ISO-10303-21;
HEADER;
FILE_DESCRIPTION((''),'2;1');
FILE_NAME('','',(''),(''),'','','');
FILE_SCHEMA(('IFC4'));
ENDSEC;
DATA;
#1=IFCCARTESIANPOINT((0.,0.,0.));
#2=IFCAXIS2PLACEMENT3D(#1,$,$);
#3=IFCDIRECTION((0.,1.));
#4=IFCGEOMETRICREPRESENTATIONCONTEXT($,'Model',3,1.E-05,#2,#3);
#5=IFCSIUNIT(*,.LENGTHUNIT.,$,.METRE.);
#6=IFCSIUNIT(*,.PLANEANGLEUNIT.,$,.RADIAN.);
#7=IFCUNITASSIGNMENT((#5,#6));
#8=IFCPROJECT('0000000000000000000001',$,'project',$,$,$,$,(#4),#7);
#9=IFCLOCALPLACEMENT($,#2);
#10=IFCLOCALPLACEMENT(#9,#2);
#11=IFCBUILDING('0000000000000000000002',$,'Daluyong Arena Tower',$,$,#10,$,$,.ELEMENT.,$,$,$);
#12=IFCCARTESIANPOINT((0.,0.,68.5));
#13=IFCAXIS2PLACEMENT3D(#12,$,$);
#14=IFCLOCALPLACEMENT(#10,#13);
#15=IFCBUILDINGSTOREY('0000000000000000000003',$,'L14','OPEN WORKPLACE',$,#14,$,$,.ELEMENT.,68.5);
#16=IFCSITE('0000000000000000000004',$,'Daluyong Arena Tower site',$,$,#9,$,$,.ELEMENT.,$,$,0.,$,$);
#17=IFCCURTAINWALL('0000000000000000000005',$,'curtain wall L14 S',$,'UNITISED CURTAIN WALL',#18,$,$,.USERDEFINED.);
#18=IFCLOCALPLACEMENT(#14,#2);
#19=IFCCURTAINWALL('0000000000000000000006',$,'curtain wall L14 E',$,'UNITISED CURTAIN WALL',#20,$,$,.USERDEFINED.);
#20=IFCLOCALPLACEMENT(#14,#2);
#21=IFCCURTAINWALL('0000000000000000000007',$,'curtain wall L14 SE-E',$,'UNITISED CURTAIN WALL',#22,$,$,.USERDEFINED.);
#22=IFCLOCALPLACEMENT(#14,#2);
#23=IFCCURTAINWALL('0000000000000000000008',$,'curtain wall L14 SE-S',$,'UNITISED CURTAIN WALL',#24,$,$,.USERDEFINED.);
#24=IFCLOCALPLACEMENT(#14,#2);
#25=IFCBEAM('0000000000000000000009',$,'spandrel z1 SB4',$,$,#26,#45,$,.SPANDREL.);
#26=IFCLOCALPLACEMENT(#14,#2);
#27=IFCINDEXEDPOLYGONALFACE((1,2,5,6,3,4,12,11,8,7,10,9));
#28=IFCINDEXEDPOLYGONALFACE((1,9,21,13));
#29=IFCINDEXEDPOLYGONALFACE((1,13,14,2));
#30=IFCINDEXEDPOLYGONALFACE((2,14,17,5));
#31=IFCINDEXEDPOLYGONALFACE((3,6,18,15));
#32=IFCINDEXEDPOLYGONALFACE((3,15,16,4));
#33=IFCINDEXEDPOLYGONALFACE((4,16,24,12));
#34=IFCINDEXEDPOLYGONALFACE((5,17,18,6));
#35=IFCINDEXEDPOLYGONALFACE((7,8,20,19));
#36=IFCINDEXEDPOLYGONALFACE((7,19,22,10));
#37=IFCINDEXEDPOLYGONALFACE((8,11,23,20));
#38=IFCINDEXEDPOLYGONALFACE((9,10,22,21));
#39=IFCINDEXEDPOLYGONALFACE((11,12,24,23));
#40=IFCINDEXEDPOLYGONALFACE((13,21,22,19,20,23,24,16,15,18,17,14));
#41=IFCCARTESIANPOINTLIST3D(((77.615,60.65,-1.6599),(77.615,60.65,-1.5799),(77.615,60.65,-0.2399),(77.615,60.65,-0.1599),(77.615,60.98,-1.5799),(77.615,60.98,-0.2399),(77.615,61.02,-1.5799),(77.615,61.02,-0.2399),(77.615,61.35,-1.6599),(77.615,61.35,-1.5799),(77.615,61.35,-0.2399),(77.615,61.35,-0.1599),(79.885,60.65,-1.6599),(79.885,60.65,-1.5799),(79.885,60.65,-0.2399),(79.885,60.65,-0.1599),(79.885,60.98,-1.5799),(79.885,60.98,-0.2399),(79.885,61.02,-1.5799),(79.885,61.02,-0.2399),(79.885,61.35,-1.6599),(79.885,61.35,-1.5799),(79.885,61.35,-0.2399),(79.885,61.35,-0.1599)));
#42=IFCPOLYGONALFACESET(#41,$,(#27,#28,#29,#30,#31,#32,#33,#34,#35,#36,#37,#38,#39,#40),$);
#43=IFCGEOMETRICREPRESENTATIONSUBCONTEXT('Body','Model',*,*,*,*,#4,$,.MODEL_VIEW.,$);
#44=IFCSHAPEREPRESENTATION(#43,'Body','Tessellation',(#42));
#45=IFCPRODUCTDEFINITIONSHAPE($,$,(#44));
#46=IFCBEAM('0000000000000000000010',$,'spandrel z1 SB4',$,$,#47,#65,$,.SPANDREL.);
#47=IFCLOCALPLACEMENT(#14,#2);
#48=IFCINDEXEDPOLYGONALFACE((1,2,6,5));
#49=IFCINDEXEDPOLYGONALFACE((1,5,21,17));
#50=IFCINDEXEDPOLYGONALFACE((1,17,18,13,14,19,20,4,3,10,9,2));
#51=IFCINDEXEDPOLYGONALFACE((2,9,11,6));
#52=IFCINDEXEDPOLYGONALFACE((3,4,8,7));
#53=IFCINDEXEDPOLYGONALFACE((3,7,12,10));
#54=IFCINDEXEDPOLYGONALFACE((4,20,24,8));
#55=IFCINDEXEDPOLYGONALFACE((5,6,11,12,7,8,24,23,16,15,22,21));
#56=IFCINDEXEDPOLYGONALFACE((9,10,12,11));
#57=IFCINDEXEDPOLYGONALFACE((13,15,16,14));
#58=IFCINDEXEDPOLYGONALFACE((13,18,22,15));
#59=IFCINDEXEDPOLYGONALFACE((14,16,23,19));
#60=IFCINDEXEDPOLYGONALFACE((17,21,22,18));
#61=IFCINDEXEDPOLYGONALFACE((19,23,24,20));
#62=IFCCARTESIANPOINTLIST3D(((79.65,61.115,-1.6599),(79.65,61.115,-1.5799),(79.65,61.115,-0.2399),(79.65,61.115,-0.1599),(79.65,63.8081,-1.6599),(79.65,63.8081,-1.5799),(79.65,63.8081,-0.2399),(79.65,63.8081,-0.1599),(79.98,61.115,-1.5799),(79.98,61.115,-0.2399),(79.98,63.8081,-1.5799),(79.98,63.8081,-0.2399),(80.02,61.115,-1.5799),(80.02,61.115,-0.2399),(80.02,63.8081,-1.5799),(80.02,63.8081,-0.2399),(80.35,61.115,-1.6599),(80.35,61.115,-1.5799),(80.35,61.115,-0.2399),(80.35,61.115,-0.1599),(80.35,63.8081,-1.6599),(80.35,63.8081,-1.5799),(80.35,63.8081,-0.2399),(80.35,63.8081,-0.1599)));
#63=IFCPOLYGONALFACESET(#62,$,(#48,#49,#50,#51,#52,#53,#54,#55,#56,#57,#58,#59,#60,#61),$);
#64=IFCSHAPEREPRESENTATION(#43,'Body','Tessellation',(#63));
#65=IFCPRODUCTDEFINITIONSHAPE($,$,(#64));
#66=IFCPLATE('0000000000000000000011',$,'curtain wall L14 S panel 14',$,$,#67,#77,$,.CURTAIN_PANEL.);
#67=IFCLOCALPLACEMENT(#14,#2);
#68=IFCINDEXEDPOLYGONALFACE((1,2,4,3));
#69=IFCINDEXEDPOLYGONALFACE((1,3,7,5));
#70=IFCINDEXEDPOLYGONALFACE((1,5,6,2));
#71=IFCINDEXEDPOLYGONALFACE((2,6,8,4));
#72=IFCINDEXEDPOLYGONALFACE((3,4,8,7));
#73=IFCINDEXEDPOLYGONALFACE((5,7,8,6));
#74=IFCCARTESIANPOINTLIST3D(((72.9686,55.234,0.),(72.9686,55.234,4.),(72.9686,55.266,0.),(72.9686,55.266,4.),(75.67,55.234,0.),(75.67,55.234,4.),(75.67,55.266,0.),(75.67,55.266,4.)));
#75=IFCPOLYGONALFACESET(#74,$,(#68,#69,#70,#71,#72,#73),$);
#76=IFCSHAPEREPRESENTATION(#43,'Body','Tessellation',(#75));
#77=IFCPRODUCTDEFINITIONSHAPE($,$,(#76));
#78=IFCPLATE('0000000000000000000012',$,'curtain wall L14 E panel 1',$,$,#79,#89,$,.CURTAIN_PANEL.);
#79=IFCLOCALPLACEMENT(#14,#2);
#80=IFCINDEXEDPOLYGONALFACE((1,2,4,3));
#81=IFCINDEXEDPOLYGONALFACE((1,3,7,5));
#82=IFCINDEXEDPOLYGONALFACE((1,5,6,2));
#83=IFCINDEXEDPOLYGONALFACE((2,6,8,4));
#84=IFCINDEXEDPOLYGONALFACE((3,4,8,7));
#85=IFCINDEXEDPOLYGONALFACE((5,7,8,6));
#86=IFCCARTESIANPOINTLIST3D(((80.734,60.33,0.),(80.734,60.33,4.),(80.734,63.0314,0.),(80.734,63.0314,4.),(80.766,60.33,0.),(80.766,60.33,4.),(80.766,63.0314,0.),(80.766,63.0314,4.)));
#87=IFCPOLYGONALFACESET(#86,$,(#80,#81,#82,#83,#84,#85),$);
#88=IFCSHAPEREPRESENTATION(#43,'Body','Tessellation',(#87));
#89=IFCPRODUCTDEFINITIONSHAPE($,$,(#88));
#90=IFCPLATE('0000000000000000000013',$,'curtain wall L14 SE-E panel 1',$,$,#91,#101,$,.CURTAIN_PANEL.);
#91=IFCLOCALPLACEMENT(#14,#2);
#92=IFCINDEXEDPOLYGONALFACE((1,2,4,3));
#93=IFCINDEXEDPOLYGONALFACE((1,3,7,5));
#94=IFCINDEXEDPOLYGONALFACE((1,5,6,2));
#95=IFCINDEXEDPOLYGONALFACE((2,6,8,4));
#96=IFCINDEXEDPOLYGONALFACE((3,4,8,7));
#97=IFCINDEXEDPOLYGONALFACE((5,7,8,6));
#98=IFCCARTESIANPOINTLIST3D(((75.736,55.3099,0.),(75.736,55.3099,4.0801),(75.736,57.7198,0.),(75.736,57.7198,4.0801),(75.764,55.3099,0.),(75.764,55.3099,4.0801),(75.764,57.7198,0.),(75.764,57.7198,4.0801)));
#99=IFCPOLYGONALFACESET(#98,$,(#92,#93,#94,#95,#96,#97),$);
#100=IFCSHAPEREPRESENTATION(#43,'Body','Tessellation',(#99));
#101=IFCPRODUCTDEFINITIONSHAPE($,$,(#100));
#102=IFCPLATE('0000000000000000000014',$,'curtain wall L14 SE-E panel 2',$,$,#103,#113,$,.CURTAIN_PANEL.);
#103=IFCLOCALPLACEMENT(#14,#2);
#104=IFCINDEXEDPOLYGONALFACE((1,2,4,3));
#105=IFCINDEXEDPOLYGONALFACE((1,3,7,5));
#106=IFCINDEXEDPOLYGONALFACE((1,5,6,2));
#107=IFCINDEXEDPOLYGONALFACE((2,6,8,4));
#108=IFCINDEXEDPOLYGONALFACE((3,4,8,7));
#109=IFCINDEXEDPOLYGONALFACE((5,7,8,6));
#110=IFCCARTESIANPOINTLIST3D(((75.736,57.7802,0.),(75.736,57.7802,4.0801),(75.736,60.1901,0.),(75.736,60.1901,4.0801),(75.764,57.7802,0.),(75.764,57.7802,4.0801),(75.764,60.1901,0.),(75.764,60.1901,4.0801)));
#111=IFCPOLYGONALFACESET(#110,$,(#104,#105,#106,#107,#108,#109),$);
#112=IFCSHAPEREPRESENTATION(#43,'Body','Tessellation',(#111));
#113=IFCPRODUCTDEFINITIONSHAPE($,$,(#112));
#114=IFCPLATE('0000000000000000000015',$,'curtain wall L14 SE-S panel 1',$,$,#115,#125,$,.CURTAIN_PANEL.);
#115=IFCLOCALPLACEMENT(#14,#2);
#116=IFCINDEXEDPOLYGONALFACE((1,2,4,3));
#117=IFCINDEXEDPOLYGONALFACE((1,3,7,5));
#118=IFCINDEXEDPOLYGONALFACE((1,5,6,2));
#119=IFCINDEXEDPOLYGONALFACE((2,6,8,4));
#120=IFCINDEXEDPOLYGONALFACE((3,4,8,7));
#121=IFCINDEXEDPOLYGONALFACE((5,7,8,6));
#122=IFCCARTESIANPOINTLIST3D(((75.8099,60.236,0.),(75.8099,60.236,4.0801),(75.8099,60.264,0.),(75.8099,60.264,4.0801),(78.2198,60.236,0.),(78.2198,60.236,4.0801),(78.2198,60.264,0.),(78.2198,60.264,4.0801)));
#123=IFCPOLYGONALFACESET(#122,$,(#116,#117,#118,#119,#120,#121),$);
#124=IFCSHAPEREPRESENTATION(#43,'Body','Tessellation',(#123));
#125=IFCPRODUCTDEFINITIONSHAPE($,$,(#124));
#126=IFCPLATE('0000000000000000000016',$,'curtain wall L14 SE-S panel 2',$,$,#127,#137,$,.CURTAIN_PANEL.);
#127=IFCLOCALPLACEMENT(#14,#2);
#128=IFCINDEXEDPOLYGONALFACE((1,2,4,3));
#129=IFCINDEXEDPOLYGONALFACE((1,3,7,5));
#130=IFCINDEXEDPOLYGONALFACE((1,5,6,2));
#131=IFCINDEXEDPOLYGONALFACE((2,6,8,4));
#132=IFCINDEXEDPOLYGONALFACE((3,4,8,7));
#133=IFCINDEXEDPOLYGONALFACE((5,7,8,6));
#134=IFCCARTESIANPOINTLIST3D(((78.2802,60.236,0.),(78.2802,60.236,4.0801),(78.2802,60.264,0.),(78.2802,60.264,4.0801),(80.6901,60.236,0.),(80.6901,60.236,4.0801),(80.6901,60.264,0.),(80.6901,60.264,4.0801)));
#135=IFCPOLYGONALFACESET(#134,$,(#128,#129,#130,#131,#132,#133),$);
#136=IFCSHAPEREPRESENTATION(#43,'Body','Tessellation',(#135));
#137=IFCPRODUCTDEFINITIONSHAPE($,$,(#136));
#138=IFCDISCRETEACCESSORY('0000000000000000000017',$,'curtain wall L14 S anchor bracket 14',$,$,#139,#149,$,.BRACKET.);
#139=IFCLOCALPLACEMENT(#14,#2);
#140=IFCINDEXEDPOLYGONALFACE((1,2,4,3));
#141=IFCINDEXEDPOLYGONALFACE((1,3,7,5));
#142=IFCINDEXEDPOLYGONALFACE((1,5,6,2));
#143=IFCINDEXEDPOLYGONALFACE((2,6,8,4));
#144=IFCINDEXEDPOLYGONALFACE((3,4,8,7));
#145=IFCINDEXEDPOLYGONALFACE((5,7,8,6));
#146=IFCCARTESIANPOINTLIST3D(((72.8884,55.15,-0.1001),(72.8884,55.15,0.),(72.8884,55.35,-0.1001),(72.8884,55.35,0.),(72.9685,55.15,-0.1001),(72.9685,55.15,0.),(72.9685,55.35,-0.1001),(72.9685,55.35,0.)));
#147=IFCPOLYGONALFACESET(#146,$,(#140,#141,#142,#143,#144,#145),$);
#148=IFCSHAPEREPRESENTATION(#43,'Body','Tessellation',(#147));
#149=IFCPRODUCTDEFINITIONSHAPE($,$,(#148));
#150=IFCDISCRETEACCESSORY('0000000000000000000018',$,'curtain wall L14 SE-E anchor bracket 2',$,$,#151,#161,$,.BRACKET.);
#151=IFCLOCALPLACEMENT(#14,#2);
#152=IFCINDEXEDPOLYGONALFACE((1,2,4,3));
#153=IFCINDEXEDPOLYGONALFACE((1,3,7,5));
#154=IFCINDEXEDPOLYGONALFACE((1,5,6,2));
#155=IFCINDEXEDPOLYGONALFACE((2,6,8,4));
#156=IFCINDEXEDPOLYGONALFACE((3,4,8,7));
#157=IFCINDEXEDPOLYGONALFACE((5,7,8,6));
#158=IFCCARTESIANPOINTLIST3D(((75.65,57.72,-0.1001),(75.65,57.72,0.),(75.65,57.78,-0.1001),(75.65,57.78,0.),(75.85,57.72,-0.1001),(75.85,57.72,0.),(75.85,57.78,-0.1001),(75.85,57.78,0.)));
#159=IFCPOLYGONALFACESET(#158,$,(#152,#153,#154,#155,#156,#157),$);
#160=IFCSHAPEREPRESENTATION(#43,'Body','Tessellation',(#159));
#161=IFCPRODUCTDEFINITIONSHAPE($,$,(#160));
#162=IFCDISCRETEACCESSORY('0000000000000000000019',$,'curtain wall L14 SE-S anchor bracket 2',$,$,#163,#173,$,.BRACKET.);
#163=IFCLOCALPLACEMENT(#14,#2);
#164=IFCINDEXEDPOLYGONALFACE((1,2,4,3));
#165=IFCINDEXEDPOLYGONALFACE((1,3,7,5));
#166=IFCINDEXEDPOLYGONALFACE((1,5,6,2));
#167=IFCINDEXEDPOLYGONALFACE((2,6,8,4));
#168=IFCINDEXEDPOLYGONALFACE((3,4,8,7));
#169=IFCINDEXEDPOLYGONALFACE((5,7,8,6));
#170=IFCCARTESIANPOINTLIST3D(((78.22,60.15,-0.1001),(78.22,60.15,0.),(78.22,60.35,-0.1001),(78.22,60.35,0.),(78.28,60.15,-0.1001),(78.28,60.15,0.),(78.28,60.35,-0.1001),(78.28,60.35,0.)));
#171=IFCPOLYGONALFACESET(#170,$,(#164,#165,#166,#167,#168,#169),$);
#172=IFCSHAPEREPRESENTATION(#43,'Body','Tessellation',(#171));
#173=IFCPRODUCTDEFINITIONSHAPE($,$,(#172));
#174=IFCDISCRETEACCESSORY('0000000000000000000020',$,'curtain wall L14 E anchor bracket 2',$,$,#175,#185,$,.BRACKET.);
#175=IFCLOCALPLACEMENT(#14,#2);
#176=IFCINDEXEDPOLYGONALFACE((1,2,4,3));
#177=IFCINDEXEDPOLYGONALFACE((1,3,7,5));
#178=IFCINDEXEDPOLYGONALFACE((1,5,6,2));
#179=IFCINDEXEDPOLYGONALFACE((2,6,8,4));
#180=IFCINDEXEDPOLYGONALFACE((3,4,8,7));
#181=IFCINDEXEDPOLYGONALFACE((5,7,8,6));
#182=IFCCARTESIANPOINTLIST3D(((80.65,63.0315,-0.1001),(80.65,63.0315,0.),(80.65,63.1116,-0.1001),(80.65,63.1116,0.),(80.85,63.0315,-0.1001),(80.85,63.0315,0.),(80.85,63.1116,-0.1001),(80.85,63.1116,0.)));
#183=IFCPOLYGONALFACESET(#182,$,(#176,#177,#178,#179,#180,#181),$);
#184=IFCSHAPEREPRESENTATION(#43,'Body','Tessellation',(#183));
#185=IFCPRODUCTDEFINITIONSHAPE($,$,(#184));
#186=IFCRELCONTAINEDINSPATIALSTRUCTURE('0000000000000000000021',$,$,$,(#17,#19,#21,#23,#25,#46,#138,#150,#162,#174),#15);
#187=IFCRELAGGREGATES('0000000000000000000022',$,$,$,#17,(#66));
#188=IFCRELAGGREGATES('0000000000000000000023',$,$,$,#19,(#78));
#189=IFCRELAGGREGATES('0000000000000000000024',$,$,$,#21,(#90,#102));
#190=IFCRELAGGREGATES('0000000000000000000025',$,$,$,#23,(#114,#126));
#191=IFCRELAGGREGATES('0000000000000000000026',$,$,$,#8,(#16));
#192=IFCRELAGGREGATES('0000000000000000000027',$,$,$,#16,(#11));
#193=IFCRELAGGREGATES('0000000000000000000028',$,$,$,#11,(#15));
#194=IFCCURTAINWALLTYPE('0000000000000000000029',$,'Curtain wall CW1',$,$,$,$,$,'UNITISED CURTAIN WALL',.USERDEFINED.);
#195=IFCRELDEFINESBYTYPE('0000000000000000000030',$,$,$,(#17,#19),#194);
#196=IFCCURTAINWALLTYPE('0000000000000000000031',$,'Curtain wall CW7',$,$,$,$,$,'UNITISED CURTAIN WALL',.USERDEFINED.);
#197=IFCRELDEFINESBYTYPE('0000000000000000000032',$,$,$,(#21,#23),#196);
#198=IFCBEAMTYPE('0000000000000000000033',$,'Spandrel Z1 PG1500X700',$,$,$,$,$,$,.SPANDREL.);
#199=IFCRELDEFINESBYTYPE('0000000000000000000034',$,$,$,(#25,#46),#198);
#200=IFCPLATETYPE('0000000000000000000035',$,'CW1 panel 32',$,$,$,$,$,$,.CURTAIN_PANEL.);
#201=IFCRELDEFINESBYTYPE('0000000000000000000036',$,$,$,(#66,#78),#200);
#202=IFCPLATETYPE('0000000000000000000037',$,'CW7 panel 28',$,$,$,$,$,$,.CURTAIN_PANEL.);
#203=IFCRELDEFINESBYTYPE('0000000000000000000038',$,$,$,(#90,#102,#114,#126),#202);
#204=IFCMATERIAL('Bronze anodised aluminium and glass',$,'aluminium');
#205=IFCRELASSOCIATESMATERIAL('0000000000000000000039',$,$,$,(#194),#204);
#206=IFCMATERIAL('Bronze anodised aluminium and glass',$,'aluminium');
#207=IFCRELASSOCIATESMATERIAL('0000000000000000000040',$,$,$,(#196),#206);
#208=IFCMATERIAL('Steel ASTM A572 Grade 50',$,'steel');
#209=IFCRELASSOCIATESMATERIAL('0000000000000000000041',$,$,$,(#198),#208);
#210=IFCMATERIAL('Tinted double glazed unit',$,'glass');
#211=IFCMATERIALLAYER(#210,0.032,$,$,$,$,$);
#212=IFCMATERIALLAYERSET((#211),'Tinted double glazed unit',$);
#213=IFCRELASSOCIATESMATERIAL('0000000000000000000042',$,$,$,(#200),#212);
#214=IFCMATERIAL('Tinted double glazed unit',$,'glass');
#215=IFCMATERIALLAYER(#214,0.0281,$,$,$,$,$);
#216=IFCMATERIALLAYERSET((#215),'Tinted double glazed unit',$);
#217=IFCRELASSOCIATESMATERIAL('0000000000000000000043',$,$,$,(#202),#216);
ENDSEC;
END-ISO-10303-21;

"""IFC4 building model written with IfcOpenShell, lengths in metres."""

from ifc_helpers import new_model, si_unit, direction, frame, origin, origin_2d, place, context, subcontext, project, spatial, rectangle, i_section, extrude, material, layer, layer_set, material_profile, profile_set, type_object, element, aggregate, save


model = new_model("IFC4")

# Units and contexts
model_context = context("Model", 3, precision=1e-05, world=origin(), true_north=direction((0.0, 1.0)))
body_context = subcontext(model_context, "Body", "Model", "MODEL_VIEW")
ifc_project = project(units=[si_unit("LENGTHUNIT", "METRE"), si_unit("PLANEANGLEUNIT", "RADIAN")], contexts=[model_context])

# Site, building, storey
site_placement = place(None, origin())
site = spatial("IfcSite", under=ifc_project, at=site_placement, Name="Daluyong Arena Tower site", CompositionType="ELEMENT", RefElevation=0.0)
building_placement = place(site_placement, origin())
building = spatial("IfcBuilding", under=site, at=building_placement, Name="Daluyong Arena Tower", CompositionType="ELEMENT")
storey_placement = place(building_placement, frame((0.0, 0.0, 68.5)))
storey = spatial("IfcBuildingStorey", under=building, at=storey_placement, Name="L14", Description="OPEN WORKPLACE", CompositionType="ELEMENT", Elevation=68.5)

# Curtain walls
ifc_material_1 = material(Name="Bronze anodised aluminium and glass", Category="aluminium")
curtain_wall_type_1 = type_object("IfcCurtainWallType", Name="Curtain wall CW1", ElementType="UNITISED CURTAIN WALL", PredefinedType="USERDEFINED", material=ifc_material_1)
curtain_wall_1_placement = place(storey_placement, origin())
curtain_wall_1 = element("IfcCurtainWall", 1, at=curtain_wall_1_placement, inside=storey, type_object=curtain_wall_type_1, Name="curtain wall L14 S", ObjectType="UNITISED CURTAIN WALL", PredefinedType="USERDEFINED")
curtain_wall_2_placement = place(storey_placement, origin())
curtain_wall_2 = element("IfcCurtainWall", 2, at=curtain_wall_2_placement, inside=storey, type_object=curtain_wall_type_1, Name="curtain wall L14 E", ObjectType="UNITISED CURTAIN WALL", PredefinedType="USERDEFINED")

# Curtain walls
ifc_material_2 = material(Name="Bronze anodised aluminium and glass", Category="aluminium")
curtain_wall_type_2 = type_object("IfcCurtainWallType", Name="Curtain wall CW7", ElementType="UNITISED CURTAIN WALL", PredefinedType="USERDEFINED", material=ifc_material_2)
curtain_wall_3_placement = place(storey_placement, origin())
curtain_wall_3 = element("IfcCurtainWall", 3, at=curtain_wall_3_placement, inside=storey, type_object=curtain_wall_type_2, Name="curtain wall L14 SE-E", ObjectType="UNITISED CURTAIN WALL", PredefinedType="USERDEFINED")
curtain_wall_4_placement = place(storey_placement, origin())
curtain_wall_4 = element("IfcCurtainWall", 4, at=curtain_wall_4_placement, inside=storey, type_object=curtain_wall_type_2, Name="curtain wall L14 SE-S", ObjectType="UNITISED CURTAIN WALL", PredefinedType="USERDEFINED")

# Beams
ifc_material_3 = material(Name="Steel ASTM A572 Grade 50", Category="steel")
ifc_material_profile_1 = material_profile(ifc_material_3, i_section(OverallWidth=0.7, OverallDepth=1.5, WebThickness=0.04, FlangeThickness=0.08, at=origin_2d()))
ifc_profile_set_1 = profile_set([ifc_material_profile_1], Name="Steel ASTM A572 Grade 50")
beam_type_1 = type_object("IfcBeamType", Name="Spandrel Z1 PG1500X700", PredefinedType="SPANDREL", material=ifc_profile_set_1)
for number, where, z_axis, x_axis, name in (
    (5, (77.615, 61.0, -0.9099), (1.0, 0.0, 0.0), (0.0, 1.0, 0.0), "spandrel z1 SB4"),
):
    element("IfcBeam", number, at=place(storey_placement, frame(where, z_axis=z_axis, x_axis=x_axis)), inside=storey, type_object=beam_type_1, Name=name, PredefinedType="SPANDREL", context=body_context, shape_type="SweptSolid", body=[
        extrude(i_section(OverallWidth=0.7, OverallDepth=1.5, WebThickness=0.04, FlangeThickness=0.08, at=origin_2d()), origin(), (0.0, 0.0, 1.0), 2.27),
    ])
beam_1_placement = place(storey_placement, frame((80.0, 61.115, -0.9099), z_axis=(0.0, 1.0, 0.0), x_axis=(-1.0, 0.0, 0.0)))
element("IfcBeam", 6, at=beam_1_placement, inside=storey, type_object=beam_type_1, Name="spandrel z1 SB4", PredefinedType="SPANDREL", context=body_context, shape_type="SweptSolid", body=[
    extrude(i_section(OverallWidth=0.7, OverallDepth=1.5, WebThickness=0.04, FlangeThickness=0.08, at=origin_2d()), origin(), (0.0, 0.0, 1.0), 2.6931),
])

# Plates
ifc_material_4 = material(Name="Tinted double glazed unit", Category="glass")
ifc_layer_1 = layer(ifc_material_4, 0.032)
ifc_layer_set_1 = layer_set([ifc_layer_1], Name="Tinted double glazed unit")
plate_type_1 = type_object("IfcPlateType", Name="CW1 panel 32", PredefinedType="CURTAIN_PANEL", material=ifc_layer_set_1)
plate_1_placement = place(storey_placement, frame((74.3193, 55.25, 0.0), z_axis=(0.0, 0.0, 1.0), x_axis=(1.0, 0.0, 0.0)))
plate_1 = element("IfcPlate", 7, at=plate_1_placement, type_object=plate_type_1, Name="curtain wall L14 S panel 14", PredefinedType="CURTAIN_PANEL", context=body_context, shape_type="SweptSolid", body=[
    extrude(rectangle(XDim=2.7014, YDim=0.032, at=origin_2d()), origin(), (0.0, 0.0, 1.0), 4.0),
])
aggregate(curtain_wall_1, [plate_1])
plate_2_placement = place(storey_placement, frame((80.75, 61.6807, 0.0), z_axis=(0.0, 0.0, 1.0), x_axis=(0.0, 1.0, 0.0)))
plate_2 = element("IfcPlate", 8, at=plate_2_placement, type_object=plate_type_1, Name="curtain wall L14 E panel 1", PredefinedType="CURTAIN_PANEL", context=body_context, shape_type="SweptSolid", body=[
    extrude(rectangle(XDim=2.7014, YDim=0.032, at=origin_2d()), origin(), (0.0, 0.0, 1.0), 4.0),
])
aggregate(curtain_wall_2, [plate_2])
ifc_material_5 = material(Name="Tinted double glazed unit", Category="glass")
ifc_layer_2 = layer(ifc_material_5, 0.0281)
ifc_layer_set_2 = layer_set([ifc_layer_2], Name="Tinted double glazed unit")
plate_type_2 = type_object("IfcPlateType", Name="CW7 panel 28", PredefinedType="CURTAIN_PANEL", material=ifc_layer_set_2)
plate_3_placement = place(storey_placement, frame((75.75, 56.5149, 0.0), z_axis=(0.0, 0.0, 1.0), x_axis=(0.0, 1.0, 0.0)))
plate_3 = element("IfcPlate", 9, at=plate_3_placement, type_object=plate_type_2, Name="curtain wall L14 SE-E panel 1", PredefinedType="CURTAIN_PANEL", context=body_context, shape_type="SweptSolid", body=[
    extrude(rectangle(XDim=2.4099, YDim=0.0281, at=origin_2d()), origin(), (0.0, 0.0, 1.0), 4.0801),
])
plate_4_placement = place(storey_placement, frame((75.75, 58.9851, 0.0), z_axis=(0.0, 0.0, 1.0), x_axis=(0.0, 1.0, 0.0)))
plate_4 = element("IfcPlate", 10, at=plate_4_placement, type_object=plate_type_2, Name="curtain wall L14 SE-E panel 2", PredefinedType="CURTAIN_PANEL", context=body_context, shape_type="SweptSolid", body=[
    extrude(rectangle(XDim=2.4099, YDim=0.0281, at=origin_2d()), origin(), (0.0, 0.0, 1.0), 4.0801),
])
aggregate(curtain_wall_3, [plate_3, plate_4])
plate_5_placement = place(storey_placement, frame((77.0149, 60.25, 0.0), z_axis=(0.0, 0.0, 1.0), x_axis=(1.0, 0.0, 0.0)))
plate_5 = element("IfcPlate", 11, at=plate_5_placement, type_object=plate_type_2, Name="curtain wall L14 SE-S panel 1", PredefinedType="CURTAIN_PANEL", context=body_context, shape_type="SweptSolid", body=[
    extrude(rectangle(XDim=2.4099, YDim=0.0281, at=origin_2d()), origin(), (0.0, 0.0, 1.0), 4.0801),
])
plate_6_placement = place(storey_placement, frame((79.4851, 60.25, 0.0), z_axis=(0.0, 0.0, 1.0), x_axis=(1.0, 0.0, 0.0)))
plate_6 = element("IfcPlate", 12, at=plate_6_placement, type_object=plate_type_2, Name="curtain wall L14 SE-S panel 2", PredefinedType="CURTAIN_PANEL", context=body_context, shape_type="SweptSolid", body=[
    extrude(rectangle(XDim=2.4099, YDim=0.0281, at=origin_2d()), origin(), (0.0, 0.0, 1.0), 4.0801),
])
aggregate(curtain_wall_4, [plate_5, plate_6])

# Discrete accessories
discrete_accessory_1_placement = place(storey_placement, frame((72.9285, 55.25, -0.1001), z_axis=(0.0, 0.0, 1.0), x_axis=(1.0, 0.0, 0.0)))
element("IfcDiscreteAccessory", 13, at=discrete_accessory_1_placement, inside=storey, Name="curtain wall L14 S anchor bracket 14", PredefinedType="BRACKET", context=body_context, shape_type="SweptSolid", body=[
    extrude(rectangle(XDim=0.0801, YDim=0.2, at=origin_2d()), origin(), (0.0, 0.0, 1.0), 0.1001),
])
for number, where, z_axis, x_axis, name in (
    (14, (75.75, 57.75, -0.1001), (0.0, 0.0, 1.0), (0.0, 1.0, 0.0), "curtain wall L14 SE-E anchor bracket 2"),
    (15, (78.25, 60.25, -0.1001), (0.0, 0.0, 1.0), (1.0, 0.0, 0.0), "curtain wall L14 SE-S anchor bracket 2"),
):
    element("IfcDiscreteAccessory", number, at=place(storey_placement, frame(where, z_axis=z_axis, x_axis=x_axis)), inside=storey, Name=name, PredefinedType="BRACKET", context=body_context, shape_type="SweptSolid", body=[
        extrude(rectangle(XDim=0.0601, YDim=0.2, at=origin_2d()), origin(), (0.0, 0.0, 1.0), 0.1001),
    ])
discrete_accessory_2_placement = place(storey_placement, frame((80.75, 63.0715, -0.1001), z_axis=(0.0, 0.0, 1.0), x_axis=(0.0, 1.0, 0.0)))
element("IfcDiscreteAccessory", 16, at=discrete_accessory_2_placement, inside=storey, Name="curtain wall L14 E anchor bracket 2", PredefinedType="BRACKET", context=body_context, shape_type="SweptSolid", body=[
    extrude(rectangle(XDim=0.0801, YDim=0.2, at=origin_2d()), origin(), (0.0, 0.0, 1.0), 0.1001),
])

save(model, "model.ifc")
